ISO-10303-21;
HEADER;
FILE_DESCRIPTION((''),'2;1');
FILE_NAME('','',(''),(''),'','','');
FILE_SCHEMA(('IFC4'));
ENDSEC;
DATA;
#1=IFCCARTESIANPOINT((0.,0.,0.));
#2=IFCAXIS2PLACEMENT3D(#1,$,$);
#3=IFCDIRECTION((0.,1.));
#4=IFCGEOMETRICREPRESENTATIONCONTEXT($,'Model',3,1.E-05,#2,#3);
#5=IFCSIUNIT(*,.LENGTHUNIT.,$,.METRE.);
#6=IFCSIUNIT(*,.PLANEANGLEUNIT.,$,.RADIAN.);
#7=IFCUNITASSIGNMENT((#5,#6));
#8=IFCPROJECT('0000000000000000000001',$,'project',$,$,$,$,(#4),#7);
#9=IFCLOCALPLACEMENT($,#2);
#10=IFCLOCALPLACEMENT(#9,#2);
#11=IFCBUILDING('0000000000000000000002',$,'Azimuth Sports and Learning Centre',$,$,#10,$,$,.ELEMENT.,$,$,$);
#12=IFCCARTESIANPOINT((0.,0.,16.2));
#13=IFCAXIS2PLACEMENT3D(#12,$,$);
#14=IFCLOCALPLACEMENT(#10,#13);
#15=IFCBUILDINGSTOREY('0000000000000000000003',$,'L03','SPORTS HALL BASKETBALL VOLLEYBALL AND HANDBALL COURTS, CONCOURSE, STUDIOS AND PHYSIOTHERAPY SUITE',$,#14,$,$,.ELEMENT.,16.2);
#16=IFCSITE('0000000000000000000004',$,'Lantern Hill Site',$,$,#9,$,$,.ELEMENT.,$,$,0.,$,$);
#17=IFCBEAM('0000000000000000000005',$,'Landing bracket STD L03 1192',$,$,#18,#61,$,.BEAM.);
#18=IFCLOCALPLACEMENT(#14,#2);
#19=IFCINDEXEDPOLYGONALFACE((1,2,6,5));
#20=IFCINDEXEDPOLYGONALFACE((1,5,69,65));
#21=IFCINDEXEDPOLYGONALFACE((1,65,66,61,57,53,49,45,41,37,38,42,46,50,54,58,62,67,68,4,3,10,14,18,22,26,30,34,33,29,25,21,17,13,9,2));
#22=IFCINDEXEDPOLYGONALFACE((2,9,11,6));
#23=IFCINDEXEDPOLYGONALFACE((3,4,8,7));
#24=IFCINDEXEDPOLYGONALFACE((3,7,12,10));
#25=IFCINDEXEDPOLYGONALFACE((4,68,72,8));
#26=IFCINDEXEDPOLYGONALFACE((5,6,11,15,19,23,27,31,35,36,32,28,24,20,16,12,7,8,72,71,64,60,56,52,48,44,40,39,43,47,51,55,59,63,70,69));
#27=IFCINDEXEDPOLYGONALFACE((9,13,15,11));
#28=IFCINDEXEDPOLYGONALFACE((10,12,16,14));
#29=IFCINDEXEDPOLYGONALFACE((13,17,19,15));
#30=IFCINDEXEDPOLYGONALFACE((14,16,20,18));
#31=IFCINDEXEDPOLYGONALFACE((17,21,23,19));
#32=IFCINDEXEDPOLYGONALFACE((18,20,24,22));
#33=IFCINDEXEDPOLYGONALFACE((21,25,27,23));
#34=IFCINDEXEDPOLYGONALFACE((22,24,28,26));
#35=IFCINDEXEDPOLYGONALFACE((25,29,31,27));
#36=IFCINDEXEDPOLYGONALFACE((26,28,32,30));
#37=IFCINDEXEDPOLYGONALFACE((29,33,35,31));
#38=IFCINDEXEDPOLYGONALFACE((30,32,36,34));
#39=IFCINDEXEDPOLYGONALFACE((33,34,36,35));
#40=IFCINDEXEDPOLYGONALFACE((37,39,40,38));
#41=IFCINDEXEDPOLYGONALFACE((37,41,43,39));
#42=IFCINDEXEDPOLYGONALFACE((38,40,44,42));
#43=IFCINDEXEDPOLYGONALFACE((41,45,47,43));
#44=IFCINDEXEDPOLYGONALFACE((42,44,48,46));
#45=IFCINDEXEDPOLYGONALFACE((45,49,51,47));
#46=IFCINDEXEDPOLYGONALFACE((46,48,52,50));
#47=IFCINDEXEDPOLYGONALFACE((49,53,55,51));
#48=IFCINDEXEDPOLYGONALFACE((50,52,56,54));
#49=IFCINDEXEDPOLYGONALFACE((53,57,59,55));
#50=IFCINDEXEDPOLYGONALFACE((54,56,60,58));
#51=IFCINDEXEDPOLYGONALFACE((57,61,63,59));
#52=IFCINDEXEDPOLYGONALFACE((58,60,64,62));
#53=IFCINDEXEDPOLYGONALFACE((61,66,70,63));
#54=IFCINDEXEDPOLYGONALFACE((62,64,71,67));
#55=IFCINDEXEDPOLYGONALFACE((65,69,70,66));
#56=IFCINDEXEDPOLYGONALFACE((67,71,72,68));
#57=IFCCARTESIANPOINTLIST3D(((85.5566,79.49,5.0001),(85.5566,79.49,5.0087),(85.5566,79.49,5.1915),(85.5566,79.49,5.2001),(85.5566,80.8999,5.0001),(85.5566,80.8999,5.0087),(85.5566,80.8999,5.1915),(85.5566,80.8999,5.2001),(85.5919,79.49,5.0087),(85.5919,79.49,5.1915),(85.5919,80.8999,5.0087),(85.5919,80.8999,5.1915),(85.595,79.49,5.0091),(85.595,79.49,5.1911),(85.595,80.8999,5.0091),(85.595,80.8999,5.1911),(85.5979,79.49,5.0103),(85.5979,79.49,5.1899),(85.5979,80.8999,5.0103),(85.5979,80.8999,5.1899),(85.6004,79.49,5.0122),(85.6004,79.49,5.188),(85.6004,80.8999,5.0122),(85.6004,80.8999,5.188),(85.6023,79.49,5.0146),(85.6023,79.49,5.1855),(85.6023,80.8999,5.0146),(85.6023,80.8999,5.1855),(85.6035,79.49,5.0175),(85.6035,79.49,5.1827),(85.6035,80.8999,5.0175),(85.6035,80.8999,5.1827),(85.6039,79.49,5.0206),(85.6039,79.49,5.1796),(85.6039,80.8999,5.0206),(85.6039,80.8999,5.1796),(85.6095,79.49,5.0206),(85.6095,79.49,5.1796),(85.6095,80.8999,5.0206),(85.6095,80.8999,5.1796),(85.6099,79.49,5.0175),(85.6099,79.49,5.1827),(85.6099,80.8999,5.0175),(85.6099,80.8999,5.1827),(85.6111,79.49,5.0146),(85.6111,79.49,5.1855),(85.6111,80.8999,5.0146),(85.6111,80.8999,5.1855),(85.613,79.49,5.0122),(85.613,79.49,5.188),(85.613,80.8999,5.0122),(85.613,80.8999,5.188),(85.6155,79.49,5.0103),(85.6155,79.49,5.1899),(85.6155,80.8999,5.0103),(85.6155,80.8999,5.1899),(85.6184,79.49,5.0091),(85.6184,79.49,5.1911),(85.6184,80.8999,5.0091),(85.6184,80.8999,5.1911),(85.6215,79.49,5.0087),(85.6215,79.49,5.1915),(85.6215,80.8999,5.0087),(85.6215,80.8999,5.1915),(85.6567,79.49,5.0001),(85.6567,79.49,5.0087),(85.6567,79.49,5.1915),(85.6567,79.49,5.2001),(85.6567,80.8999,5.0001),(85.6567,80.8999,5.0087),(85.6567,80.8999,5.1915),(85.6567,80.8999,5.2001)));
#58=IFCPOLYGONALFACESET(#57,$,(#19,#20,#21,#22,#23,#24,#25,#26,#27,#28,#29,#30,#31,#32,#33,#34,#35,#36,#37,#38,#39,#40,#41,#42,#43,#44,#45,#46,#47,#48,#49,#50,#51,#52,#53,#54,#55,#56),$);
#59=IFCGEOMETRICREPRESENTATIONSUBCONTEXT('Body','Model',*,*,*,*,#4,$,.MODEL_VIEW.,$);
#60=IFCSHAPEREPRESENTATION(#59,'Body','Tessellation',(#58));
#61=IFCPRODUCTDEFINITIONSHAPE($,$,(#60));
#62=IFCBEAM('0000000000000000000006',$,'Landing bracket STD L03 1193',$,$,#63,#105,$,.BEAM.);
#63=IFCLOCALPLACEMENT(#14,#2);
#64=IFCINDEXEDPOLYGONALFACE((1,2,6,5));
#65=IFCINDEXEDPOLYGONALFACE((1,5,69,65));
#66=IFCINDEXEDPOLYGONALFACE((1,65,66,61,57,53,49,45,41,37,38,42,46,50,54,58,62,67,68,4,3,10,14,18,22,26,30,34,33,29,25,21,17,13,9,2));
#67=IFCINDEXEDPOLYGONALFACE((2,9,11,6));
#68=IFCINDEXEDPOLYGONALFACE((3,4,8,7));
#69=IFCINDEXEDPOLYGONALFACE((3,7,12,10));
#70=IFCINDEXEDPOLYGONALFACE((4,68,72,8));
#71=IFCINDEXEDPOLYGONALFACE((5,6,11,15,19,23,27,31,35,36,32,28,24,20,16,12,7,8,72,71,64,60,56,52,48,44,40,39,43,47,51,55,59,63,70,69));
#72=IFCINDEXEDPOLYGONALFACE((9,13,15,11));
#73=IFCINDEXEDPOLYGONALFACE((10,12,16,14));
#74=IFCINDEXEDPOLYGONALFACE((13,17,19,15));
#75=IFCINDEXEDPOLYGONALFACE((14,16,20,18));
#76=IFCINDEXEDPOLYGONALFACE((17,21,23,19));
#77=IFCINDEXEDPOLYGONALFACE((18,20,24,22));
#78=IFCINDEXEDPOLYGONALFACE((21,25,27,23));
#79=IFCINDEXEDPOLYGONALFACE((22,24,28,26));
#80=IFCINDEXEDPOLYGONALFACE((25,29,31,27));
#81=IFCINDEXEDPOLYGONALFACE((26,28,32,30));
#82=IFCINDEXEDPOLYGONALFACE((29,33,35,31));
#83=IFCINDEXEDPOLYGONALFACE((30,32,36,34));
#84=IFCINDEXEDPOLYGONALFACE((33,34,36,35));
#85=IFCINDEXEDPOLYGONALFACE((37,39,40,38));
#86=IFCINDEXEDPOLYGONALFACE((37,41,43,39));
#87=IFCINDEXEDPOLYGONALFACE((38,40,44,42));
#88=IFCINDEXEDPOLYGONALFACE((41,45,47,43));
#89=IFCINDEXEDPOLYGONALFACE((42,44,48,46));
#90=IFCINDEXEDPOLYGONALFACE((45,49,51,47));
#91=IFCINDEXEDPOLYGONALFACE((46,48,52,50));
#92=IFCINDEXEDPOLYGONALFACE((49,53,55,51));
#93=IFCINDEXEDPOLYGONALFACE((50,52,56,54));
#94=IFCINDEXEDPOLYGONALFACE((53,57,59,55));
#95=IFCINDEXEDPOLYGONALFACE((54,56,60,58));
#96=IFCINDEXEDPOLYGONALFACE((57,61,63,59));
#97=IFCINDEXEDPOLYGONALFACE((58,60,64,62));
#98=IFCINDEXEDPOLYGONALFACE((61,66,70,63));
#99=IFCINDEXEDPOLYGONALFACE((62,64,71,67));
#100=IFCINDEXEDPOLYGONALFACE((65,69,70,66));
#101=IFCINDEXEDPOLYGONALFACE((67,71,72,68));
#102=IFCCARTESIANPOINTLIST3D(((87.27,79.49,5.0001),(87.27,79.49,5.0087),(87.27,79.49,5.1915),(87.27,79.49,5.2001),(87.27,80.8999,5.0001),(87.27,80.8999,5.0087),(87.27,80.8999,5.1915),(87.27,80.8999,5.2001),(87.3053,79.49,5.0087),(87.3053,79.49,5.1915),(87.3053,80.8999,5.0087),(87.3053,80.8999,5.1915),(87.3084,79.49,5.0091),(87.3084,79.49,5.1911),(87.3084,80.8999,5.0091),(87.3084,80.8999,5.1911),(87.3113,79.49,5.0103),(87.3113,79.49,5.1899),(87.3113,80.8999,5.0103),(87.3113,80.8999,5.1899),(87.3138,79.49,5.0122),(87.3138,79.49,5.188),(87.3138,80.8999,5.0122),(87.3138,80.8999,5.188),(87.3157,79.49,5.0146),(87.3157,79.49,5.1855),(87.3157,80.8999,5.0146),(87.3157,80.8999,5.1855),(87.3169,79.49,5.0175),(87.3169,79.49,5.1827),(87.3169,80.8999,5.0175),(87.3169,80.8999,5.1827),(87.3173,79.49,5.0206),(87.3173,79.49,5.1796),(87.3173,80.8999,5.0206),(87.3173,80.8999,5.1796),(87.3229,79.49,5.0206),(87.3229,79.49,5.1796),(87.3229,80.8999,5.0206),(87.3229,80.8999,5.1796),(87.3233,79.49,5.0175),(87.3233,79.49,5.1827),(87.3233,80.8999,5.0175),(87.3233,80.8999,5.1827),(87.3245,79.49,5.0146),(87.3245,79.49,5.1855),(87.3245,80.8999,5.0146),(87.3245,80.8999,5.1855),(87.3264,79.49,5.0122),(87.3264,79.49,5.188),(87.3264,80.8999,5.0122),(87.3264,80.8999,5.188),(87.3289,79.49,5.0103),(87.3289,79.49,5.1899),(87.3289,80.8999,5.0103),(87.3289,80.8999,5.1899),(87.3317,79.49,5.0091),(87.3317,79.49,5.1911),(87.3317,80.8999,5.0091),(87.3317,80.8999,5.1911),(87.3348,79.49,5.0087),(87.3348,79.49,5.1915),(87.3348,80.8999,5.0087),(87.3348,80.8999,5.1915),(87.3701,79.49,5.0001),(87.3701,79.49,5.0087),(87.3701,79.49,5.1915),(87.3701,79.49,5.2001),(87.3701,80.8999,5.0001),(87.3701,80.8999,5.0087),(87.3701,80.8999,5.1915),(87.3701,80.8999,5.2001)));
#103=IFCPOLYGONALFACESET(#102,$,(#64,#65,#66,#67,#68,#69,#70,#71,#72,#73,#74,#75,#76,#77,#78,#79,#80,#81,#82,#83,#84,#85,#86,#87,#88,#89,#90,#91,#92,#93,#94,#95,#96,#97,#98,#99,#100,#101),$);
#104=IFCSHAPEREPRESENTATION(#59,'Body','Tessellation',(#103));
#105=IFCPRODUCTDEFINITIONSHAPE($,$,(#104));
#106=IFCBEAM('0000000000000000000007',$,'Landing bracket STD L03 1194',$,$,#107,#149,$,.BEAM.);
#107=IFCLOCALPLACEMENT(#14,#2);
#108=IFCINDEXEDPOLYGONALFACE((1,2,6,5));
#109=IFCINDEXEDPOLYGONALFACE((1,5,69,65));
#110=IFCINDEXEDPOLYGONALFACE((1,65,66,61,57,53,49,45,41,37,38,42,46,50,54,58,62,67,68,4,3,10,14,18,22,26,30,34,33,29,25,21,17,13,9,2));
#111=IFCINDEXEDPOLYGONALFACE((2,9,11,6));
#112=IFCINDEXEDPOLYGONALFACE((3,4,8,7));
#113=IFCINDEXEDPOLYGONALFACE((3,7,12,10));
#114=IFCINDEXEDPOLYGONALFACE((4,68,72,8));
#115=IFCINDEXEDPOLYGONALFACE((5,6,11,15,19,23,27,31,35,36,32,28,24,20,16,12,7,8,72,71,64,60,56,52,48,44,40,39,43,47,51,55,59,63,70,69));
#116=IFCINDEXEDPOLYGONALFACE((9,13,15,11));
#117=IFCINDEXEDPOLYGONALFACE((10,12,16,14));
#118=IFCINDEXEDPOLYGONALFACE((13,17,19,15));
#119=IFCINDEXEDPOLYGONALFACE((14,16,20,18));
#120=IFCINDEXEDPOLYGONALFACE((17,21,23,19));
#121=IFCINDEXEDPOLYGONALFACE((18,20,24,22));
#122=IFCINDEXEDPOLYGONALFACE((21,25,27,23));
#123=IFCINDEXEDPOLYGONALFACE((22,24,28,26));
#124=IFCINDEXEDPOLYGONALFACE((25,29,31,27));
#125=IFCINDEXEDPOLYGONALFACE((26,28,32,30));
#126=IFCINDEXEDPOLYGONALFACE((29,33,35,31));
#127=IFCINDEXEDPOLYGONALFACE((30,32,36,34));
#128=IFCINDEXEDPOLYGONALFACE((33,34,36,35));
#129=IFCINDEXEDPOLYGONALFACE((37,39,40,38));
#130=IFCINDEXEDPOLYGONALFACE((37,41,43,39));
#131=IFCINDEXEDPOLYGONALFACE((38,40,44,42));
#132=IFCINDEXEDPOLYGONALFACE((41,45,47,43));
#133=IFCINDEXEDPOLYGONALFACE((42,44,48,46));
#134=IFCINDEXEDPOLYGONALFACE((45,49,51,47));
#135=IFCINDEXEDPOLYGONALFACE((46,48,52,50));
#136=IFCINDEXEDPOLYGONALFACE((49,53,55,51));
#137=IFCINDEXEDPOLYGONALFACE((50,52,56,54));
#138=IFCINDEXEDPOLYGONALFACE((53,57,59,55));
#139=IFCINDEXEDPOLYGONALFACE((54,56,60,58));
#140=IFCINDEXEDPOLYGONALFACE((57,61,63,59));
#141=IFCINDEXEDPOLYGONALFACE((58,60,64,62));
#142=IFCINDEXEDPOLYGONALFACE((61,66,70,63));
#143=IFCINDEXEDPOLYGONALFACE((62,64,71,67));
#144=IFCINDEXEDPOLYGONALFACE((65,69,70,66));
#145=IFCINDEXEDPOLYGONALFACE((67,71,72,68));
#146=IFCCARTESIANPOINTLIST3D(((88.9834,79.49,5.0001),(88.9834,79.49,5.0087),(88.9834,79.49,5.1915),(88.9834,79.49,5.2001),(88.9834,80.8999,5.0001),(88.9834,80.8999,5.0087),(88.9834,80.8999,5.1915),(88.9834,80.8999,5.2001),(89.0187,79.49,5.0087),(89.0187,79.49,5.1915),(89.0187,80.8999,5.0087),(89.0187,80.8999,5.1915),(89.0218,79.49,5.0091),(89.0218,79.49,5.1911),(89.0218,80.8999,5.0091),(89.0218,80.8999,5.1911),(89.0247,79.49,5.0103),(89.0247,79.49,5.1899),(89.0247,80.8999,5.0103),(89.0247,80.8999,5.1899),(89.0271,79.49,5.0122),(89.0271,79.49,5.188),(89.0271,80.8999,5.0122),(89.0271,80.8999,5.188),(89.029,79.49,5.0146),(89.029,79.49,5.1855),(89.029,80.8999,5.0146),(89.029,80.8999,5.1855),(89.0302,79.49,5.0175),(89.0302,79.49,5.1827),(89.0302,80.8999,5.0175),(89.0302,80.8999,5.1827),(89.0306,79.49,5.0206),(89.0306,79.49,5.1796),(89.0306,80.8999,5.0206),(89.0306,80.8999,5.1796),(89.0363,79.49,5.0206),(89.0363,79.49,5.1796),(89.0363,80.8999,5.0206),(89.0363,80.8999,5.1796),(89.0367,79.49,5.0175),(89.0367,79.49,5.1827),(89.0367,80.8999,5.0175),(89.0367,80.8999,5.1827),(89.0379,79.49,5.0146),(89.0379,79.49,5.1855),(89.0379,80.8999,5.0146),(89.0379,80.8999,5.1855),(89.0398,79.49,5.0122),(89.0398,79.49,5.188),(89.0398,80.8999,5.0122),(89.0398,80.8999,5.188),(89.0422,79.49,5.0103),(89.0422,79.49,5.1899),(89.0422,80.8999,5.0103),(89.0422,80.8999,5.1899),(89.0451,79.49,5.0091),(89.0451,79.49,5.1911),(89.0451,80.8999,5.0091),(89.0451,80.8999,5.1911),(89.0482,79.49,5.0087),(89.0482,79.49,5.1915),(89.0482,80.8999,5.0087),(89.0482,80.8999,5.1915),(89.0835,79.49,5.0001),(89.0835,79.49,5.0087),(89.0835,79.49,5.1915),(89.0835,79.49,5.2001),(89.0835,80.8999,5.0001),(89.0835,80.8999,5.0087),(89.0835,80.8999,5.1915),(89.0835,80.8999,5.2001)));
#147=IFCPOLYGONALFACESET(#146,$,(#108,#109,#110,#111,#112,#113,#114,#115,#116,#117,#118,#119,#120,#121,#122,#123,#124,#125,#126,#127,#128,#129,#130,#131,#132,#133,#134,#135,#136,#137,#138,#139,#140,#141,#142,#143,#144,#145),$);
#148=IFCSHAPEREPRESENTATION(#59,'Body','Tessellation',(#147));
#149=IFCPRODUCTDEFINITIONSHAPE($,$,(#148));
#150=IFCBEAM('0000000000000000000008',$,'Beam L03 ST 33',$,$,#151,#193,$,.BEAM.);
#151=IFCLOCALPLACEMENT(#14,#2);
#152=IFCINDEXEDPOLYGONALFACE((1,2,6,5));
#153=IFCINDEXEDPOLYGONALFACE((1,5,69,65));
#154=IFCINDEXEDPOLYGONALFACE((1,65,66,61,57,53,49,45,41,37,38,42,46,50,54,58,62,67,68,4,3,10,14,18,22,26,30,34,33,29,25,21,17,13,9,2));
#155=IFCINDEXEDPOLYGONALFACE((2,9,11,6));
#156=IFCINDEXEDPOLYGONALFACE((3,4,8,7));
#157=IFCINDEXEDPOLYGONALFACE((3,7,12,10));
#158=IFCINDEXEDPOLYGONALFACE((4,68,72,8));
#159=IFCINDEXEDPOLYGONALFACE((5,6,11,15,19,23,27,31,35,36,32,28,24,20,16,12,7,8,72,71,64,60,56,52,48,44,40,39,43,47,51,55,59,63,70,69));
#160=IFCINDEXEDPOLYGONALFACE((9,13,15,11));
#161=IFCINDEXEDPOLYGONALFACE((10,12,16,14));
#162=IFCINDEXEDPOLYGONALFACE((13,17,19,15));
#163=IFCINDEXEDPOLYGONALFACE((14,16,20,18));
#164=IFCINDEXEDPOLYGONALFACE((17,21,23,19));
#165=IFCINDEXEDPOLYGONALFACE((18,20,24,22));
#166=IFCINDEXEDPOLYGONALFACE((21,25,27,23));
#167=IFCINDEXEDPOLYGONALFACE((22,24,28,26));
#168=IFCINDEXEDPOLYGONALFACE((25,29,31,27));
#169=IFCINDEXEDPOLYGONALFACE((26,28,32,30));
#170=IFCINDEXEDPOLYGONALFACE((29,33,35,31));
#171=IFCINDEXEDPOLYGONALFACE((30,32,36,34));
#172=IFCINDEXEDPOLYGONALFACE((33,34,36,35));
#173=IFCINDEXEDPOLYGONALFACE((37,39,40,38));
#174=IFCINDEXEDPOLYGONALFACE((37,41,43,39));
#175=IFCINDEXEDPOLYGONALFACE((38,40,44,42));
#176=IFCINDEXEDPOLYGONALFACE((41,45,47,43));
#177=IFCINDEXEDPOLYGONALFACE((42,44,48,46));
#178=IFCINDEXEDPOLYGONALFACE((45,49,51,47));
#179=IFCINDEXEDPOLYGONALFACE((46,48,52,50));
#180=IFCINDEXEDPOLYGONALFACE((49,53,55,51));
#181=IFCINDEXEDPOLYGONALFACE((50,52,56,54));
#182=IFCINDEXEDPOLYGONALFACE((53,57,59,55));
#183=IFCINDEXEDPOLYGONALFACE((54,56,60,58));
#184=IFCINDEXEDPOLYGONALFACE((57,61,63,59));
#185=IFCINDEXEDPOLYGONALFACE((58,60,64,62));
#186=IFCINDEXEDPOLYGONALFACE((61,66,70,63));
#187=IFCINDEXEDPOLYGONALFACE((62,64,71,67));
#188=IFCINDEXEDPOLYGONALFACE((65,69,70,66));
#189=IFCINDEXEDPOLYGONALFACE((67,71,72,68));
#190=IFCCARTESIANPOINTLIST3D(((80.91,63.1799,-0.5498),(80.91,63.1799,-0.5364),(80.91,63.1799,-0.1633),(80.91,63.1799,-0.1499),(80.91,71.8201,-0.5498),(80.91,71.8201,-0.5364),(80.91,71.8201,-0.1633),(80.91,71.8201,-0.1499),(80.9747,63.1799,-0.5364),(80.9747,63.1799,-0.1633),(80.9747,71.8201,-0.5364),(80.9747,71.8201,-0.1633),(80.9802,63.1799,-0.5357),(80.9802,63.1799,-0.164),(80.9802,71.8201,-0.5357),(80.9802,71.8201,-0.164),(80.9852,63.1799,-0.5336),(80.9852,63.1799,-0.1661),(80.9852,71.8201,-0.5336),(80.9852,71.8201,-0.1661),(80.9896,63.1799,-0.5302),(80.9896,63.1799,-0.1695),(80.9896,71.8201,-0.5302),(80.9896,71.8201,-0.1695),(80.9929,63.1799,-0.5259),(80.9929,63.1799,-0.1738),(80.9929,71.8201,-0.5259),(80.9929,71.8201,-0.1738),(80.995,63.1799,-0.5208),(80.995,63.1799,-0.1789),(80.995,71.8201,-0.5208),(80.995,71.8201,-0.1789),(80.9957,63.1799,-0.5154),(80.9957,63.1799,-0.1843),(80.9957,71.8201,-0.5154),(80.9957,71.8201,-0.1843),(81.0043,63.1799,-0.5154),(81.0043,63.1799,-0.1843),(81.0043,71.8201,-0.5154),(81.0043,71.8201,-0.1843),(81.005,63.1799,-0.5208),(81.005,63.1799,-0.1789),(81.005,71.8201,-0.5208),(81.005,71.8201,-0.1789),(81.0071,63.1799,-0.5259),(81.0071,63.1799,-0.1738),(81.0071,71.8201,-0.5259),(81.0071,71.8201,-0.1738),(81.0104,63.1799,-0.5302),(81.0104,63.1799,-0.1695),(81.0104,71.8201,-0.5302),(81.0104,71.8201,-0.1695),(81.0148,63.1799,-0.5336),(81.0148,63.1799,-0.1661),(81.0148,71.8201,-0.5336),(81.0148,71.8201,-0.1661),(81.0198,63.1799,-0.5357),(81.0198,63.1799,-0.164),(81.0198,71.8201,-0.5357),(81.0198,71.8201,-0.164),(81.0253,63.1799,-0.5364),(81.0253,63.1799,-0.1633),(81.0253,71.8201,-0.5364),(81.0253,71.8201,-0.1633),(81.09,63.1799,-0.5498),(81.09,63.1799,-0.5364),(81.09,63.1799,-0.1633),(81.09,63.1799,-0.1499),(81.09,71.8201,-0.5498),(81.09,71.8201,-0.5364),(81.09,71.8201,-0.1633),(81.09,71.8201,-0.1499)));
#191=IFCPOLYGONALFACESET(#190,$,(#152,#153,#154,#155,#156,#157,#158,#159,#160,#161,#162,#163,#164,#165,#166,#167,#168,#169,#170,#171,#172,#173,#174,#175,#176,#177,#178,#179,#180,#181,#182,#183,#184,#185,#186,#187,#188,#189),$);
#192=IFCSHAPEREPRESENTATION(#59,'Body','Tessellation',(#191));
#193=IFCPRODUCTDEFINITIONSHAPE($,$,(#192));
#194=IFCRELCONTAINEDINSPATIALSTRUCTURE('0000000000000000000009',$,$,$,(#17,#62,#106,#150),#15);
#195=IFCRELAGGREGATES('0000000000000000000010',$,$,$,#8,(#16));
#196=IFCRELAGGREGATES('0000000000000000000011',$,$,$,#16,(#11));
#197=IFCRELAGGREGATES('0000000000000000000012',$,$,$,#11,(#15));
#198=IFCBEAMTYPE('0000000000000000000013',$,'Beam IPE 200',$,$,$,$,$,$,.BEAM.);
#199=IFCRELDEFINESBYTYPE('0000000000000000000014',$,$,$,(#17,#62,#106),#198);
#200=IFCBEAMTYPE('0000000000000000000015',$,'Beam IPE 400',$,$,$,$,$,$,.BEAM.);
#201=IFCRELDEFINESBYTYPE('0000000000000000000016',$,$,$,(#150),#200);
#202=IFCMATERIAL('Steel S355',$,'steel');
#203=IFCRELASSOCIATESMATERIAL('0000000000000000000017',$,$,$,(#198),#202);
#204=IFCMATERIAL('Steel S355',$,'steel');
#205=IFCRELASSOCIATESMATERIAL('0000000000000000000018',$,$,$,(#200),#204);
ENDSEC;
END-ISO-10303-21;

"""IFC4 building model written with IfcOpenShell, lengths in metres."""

from ifc_helpers import new_model, si_unit, direction, frame, origin, origin_2d, place, context, subcontext, project, spatial, i_section, extrude, material, material_profile, profile_set, type_object, element, save


model = new_model("IFC4")

# Units and contexts
model_context = context("Model", 3, precision=1e-05, world=origin(), true_north=direction((0.0, 1.0)))
body_context = subcontext(model_context, "Body", "Model", "MODEL_VIEW")
ifc_project = project(units=[si_unit("LENGTHUNIT", "METRE"), si_unit("PLANEANGLEUNIT", "RADIAN")], contexts=[model_context])

# Site, building, storey
site_placement = place(None, origin())
site = spatial("IfcSite", under=ifc_project, at=site_placement, Name="Lantern Hill Site", CompositionType="ELEMENT", RefElevation=0.0)
building_placement = place(site_placement, origin())
building = spatial("IfcBuilding", under=site, at=building_placement, Name="Azimuth Sports and Learning Centre", CompositionType="ELEMENT")
storey_placement = place(building_placement, frame((0.0, 0.0, 16.2)))
storey = spatial("IfcBuildingStorey", under=building, at=storey_placement, Name="L03", Description="SPORTS HALL BASKETBALL VOLLEYBALL AND HANDBALL COURTS, CONCOURSE, STUDIOS AND PHYSIOTHERAPY SUITE", CompositionType="ELEMENT", Elevation=16.2)

# Beams
ifc_material_1 = material(Name="Steel S355", Category="steel")
ifc_material_profile_1 = material_profile(ifc_material_1, i_section(OverallWidth=0.1001, OverallDepth=0.2, WebThickness=0.0056, FlangeThickness=0.0085, FilletRadius=0.012, at=origin_2d()), Name="IPE 200")
ifc_profile_set_1 = profile_set([ifc_material_profile_1], Name="Steel S355")
beam_type_1 = type_object("IfcBeamType", Name="Beam IPE 200", PredefinedType="BEAM", material=ifc_profile_set_1)
for number, where, z_axis, x_axis, name in (
    (1, (85.6067, 80.8999, 5.1001), (0.0, -1.0, 0.0), (1.0, 0.0, 0.0), "Landing bracket STD L03 1192"),
    (2, (87.3201, 80.8999, 5.1001), (0.0, -1.0, 0.0), (1.0, 0.0, 0.0), "Landing bracket STD L03 1193"),
    (3, (89.0334, 80.8999, 5.1001), (0.0, -1.0, 0.0), (1.0, 0.0, 0.0), "Landing bracket STD L03 1194"),
):
    element("IfcBeam", number, at=place(storey_placement, frame(where, z_axis=z_axis, x_axis=x_axis)), inside=storey, type_object=beam_type_1, Name=name, PredefinedType="BEAM", context=body_context, shape_type="SweptSolid", body=[
        extrude(i_section(OverallWidth=0.1001, OverallDepth=0.2, WebThickness=0.0056, FlangeThickness=0.0085, FilletRadius=0.012, at=origin_2d()), origin(), (0.0, 0.0, 1.0), 1.4099),
    ])
ifc_material_2 = material(Name="Steel S355", Category="steel")
ifc_material_profile_2 = material_profile(ifc_material_2, i_section(OverallWidth=0.1799, OverallDepth=0.3999, WebThickness=0.0085, FlangeThickness=0.0134, FilletRadius=0.021, at=origin_2d()), Name="IPE 400")
ifc_profile_set_2 = profile_set([ifc_material_profile_2], Name="Steel S355")
beam_type_2 = type_object("IfcBeamType", Name="Beam IPE 400", PredefinedType="BEAM", material=ifc_profile_set_2)
beam_1_placement = place(storey_placement, frame((81.0, 63.1799, -0.3499), z_axis=(0.0, 1.0, 0.0), x_axis=(-1.0, 0.0, 0.0)))
element("IfcBeam", 4, at=beam_1_placement, inside=storey, type_object=beam_type_2, Name="Beam L03 ST 33", PredefinedType="BEAM", context=body_context, shape_type="SweptSolid", body=[
    extrude(i_section(OverallWidth=0.1799, OverallDepth=0.3999, WebThickness=0.0085, FlangeThickness=0.0134, FilletRadius=0.021, at=origin_2d()), origin(), (0.0, 0.0, 1.0), 8.6401),
])

save(model, "model.ifc")
